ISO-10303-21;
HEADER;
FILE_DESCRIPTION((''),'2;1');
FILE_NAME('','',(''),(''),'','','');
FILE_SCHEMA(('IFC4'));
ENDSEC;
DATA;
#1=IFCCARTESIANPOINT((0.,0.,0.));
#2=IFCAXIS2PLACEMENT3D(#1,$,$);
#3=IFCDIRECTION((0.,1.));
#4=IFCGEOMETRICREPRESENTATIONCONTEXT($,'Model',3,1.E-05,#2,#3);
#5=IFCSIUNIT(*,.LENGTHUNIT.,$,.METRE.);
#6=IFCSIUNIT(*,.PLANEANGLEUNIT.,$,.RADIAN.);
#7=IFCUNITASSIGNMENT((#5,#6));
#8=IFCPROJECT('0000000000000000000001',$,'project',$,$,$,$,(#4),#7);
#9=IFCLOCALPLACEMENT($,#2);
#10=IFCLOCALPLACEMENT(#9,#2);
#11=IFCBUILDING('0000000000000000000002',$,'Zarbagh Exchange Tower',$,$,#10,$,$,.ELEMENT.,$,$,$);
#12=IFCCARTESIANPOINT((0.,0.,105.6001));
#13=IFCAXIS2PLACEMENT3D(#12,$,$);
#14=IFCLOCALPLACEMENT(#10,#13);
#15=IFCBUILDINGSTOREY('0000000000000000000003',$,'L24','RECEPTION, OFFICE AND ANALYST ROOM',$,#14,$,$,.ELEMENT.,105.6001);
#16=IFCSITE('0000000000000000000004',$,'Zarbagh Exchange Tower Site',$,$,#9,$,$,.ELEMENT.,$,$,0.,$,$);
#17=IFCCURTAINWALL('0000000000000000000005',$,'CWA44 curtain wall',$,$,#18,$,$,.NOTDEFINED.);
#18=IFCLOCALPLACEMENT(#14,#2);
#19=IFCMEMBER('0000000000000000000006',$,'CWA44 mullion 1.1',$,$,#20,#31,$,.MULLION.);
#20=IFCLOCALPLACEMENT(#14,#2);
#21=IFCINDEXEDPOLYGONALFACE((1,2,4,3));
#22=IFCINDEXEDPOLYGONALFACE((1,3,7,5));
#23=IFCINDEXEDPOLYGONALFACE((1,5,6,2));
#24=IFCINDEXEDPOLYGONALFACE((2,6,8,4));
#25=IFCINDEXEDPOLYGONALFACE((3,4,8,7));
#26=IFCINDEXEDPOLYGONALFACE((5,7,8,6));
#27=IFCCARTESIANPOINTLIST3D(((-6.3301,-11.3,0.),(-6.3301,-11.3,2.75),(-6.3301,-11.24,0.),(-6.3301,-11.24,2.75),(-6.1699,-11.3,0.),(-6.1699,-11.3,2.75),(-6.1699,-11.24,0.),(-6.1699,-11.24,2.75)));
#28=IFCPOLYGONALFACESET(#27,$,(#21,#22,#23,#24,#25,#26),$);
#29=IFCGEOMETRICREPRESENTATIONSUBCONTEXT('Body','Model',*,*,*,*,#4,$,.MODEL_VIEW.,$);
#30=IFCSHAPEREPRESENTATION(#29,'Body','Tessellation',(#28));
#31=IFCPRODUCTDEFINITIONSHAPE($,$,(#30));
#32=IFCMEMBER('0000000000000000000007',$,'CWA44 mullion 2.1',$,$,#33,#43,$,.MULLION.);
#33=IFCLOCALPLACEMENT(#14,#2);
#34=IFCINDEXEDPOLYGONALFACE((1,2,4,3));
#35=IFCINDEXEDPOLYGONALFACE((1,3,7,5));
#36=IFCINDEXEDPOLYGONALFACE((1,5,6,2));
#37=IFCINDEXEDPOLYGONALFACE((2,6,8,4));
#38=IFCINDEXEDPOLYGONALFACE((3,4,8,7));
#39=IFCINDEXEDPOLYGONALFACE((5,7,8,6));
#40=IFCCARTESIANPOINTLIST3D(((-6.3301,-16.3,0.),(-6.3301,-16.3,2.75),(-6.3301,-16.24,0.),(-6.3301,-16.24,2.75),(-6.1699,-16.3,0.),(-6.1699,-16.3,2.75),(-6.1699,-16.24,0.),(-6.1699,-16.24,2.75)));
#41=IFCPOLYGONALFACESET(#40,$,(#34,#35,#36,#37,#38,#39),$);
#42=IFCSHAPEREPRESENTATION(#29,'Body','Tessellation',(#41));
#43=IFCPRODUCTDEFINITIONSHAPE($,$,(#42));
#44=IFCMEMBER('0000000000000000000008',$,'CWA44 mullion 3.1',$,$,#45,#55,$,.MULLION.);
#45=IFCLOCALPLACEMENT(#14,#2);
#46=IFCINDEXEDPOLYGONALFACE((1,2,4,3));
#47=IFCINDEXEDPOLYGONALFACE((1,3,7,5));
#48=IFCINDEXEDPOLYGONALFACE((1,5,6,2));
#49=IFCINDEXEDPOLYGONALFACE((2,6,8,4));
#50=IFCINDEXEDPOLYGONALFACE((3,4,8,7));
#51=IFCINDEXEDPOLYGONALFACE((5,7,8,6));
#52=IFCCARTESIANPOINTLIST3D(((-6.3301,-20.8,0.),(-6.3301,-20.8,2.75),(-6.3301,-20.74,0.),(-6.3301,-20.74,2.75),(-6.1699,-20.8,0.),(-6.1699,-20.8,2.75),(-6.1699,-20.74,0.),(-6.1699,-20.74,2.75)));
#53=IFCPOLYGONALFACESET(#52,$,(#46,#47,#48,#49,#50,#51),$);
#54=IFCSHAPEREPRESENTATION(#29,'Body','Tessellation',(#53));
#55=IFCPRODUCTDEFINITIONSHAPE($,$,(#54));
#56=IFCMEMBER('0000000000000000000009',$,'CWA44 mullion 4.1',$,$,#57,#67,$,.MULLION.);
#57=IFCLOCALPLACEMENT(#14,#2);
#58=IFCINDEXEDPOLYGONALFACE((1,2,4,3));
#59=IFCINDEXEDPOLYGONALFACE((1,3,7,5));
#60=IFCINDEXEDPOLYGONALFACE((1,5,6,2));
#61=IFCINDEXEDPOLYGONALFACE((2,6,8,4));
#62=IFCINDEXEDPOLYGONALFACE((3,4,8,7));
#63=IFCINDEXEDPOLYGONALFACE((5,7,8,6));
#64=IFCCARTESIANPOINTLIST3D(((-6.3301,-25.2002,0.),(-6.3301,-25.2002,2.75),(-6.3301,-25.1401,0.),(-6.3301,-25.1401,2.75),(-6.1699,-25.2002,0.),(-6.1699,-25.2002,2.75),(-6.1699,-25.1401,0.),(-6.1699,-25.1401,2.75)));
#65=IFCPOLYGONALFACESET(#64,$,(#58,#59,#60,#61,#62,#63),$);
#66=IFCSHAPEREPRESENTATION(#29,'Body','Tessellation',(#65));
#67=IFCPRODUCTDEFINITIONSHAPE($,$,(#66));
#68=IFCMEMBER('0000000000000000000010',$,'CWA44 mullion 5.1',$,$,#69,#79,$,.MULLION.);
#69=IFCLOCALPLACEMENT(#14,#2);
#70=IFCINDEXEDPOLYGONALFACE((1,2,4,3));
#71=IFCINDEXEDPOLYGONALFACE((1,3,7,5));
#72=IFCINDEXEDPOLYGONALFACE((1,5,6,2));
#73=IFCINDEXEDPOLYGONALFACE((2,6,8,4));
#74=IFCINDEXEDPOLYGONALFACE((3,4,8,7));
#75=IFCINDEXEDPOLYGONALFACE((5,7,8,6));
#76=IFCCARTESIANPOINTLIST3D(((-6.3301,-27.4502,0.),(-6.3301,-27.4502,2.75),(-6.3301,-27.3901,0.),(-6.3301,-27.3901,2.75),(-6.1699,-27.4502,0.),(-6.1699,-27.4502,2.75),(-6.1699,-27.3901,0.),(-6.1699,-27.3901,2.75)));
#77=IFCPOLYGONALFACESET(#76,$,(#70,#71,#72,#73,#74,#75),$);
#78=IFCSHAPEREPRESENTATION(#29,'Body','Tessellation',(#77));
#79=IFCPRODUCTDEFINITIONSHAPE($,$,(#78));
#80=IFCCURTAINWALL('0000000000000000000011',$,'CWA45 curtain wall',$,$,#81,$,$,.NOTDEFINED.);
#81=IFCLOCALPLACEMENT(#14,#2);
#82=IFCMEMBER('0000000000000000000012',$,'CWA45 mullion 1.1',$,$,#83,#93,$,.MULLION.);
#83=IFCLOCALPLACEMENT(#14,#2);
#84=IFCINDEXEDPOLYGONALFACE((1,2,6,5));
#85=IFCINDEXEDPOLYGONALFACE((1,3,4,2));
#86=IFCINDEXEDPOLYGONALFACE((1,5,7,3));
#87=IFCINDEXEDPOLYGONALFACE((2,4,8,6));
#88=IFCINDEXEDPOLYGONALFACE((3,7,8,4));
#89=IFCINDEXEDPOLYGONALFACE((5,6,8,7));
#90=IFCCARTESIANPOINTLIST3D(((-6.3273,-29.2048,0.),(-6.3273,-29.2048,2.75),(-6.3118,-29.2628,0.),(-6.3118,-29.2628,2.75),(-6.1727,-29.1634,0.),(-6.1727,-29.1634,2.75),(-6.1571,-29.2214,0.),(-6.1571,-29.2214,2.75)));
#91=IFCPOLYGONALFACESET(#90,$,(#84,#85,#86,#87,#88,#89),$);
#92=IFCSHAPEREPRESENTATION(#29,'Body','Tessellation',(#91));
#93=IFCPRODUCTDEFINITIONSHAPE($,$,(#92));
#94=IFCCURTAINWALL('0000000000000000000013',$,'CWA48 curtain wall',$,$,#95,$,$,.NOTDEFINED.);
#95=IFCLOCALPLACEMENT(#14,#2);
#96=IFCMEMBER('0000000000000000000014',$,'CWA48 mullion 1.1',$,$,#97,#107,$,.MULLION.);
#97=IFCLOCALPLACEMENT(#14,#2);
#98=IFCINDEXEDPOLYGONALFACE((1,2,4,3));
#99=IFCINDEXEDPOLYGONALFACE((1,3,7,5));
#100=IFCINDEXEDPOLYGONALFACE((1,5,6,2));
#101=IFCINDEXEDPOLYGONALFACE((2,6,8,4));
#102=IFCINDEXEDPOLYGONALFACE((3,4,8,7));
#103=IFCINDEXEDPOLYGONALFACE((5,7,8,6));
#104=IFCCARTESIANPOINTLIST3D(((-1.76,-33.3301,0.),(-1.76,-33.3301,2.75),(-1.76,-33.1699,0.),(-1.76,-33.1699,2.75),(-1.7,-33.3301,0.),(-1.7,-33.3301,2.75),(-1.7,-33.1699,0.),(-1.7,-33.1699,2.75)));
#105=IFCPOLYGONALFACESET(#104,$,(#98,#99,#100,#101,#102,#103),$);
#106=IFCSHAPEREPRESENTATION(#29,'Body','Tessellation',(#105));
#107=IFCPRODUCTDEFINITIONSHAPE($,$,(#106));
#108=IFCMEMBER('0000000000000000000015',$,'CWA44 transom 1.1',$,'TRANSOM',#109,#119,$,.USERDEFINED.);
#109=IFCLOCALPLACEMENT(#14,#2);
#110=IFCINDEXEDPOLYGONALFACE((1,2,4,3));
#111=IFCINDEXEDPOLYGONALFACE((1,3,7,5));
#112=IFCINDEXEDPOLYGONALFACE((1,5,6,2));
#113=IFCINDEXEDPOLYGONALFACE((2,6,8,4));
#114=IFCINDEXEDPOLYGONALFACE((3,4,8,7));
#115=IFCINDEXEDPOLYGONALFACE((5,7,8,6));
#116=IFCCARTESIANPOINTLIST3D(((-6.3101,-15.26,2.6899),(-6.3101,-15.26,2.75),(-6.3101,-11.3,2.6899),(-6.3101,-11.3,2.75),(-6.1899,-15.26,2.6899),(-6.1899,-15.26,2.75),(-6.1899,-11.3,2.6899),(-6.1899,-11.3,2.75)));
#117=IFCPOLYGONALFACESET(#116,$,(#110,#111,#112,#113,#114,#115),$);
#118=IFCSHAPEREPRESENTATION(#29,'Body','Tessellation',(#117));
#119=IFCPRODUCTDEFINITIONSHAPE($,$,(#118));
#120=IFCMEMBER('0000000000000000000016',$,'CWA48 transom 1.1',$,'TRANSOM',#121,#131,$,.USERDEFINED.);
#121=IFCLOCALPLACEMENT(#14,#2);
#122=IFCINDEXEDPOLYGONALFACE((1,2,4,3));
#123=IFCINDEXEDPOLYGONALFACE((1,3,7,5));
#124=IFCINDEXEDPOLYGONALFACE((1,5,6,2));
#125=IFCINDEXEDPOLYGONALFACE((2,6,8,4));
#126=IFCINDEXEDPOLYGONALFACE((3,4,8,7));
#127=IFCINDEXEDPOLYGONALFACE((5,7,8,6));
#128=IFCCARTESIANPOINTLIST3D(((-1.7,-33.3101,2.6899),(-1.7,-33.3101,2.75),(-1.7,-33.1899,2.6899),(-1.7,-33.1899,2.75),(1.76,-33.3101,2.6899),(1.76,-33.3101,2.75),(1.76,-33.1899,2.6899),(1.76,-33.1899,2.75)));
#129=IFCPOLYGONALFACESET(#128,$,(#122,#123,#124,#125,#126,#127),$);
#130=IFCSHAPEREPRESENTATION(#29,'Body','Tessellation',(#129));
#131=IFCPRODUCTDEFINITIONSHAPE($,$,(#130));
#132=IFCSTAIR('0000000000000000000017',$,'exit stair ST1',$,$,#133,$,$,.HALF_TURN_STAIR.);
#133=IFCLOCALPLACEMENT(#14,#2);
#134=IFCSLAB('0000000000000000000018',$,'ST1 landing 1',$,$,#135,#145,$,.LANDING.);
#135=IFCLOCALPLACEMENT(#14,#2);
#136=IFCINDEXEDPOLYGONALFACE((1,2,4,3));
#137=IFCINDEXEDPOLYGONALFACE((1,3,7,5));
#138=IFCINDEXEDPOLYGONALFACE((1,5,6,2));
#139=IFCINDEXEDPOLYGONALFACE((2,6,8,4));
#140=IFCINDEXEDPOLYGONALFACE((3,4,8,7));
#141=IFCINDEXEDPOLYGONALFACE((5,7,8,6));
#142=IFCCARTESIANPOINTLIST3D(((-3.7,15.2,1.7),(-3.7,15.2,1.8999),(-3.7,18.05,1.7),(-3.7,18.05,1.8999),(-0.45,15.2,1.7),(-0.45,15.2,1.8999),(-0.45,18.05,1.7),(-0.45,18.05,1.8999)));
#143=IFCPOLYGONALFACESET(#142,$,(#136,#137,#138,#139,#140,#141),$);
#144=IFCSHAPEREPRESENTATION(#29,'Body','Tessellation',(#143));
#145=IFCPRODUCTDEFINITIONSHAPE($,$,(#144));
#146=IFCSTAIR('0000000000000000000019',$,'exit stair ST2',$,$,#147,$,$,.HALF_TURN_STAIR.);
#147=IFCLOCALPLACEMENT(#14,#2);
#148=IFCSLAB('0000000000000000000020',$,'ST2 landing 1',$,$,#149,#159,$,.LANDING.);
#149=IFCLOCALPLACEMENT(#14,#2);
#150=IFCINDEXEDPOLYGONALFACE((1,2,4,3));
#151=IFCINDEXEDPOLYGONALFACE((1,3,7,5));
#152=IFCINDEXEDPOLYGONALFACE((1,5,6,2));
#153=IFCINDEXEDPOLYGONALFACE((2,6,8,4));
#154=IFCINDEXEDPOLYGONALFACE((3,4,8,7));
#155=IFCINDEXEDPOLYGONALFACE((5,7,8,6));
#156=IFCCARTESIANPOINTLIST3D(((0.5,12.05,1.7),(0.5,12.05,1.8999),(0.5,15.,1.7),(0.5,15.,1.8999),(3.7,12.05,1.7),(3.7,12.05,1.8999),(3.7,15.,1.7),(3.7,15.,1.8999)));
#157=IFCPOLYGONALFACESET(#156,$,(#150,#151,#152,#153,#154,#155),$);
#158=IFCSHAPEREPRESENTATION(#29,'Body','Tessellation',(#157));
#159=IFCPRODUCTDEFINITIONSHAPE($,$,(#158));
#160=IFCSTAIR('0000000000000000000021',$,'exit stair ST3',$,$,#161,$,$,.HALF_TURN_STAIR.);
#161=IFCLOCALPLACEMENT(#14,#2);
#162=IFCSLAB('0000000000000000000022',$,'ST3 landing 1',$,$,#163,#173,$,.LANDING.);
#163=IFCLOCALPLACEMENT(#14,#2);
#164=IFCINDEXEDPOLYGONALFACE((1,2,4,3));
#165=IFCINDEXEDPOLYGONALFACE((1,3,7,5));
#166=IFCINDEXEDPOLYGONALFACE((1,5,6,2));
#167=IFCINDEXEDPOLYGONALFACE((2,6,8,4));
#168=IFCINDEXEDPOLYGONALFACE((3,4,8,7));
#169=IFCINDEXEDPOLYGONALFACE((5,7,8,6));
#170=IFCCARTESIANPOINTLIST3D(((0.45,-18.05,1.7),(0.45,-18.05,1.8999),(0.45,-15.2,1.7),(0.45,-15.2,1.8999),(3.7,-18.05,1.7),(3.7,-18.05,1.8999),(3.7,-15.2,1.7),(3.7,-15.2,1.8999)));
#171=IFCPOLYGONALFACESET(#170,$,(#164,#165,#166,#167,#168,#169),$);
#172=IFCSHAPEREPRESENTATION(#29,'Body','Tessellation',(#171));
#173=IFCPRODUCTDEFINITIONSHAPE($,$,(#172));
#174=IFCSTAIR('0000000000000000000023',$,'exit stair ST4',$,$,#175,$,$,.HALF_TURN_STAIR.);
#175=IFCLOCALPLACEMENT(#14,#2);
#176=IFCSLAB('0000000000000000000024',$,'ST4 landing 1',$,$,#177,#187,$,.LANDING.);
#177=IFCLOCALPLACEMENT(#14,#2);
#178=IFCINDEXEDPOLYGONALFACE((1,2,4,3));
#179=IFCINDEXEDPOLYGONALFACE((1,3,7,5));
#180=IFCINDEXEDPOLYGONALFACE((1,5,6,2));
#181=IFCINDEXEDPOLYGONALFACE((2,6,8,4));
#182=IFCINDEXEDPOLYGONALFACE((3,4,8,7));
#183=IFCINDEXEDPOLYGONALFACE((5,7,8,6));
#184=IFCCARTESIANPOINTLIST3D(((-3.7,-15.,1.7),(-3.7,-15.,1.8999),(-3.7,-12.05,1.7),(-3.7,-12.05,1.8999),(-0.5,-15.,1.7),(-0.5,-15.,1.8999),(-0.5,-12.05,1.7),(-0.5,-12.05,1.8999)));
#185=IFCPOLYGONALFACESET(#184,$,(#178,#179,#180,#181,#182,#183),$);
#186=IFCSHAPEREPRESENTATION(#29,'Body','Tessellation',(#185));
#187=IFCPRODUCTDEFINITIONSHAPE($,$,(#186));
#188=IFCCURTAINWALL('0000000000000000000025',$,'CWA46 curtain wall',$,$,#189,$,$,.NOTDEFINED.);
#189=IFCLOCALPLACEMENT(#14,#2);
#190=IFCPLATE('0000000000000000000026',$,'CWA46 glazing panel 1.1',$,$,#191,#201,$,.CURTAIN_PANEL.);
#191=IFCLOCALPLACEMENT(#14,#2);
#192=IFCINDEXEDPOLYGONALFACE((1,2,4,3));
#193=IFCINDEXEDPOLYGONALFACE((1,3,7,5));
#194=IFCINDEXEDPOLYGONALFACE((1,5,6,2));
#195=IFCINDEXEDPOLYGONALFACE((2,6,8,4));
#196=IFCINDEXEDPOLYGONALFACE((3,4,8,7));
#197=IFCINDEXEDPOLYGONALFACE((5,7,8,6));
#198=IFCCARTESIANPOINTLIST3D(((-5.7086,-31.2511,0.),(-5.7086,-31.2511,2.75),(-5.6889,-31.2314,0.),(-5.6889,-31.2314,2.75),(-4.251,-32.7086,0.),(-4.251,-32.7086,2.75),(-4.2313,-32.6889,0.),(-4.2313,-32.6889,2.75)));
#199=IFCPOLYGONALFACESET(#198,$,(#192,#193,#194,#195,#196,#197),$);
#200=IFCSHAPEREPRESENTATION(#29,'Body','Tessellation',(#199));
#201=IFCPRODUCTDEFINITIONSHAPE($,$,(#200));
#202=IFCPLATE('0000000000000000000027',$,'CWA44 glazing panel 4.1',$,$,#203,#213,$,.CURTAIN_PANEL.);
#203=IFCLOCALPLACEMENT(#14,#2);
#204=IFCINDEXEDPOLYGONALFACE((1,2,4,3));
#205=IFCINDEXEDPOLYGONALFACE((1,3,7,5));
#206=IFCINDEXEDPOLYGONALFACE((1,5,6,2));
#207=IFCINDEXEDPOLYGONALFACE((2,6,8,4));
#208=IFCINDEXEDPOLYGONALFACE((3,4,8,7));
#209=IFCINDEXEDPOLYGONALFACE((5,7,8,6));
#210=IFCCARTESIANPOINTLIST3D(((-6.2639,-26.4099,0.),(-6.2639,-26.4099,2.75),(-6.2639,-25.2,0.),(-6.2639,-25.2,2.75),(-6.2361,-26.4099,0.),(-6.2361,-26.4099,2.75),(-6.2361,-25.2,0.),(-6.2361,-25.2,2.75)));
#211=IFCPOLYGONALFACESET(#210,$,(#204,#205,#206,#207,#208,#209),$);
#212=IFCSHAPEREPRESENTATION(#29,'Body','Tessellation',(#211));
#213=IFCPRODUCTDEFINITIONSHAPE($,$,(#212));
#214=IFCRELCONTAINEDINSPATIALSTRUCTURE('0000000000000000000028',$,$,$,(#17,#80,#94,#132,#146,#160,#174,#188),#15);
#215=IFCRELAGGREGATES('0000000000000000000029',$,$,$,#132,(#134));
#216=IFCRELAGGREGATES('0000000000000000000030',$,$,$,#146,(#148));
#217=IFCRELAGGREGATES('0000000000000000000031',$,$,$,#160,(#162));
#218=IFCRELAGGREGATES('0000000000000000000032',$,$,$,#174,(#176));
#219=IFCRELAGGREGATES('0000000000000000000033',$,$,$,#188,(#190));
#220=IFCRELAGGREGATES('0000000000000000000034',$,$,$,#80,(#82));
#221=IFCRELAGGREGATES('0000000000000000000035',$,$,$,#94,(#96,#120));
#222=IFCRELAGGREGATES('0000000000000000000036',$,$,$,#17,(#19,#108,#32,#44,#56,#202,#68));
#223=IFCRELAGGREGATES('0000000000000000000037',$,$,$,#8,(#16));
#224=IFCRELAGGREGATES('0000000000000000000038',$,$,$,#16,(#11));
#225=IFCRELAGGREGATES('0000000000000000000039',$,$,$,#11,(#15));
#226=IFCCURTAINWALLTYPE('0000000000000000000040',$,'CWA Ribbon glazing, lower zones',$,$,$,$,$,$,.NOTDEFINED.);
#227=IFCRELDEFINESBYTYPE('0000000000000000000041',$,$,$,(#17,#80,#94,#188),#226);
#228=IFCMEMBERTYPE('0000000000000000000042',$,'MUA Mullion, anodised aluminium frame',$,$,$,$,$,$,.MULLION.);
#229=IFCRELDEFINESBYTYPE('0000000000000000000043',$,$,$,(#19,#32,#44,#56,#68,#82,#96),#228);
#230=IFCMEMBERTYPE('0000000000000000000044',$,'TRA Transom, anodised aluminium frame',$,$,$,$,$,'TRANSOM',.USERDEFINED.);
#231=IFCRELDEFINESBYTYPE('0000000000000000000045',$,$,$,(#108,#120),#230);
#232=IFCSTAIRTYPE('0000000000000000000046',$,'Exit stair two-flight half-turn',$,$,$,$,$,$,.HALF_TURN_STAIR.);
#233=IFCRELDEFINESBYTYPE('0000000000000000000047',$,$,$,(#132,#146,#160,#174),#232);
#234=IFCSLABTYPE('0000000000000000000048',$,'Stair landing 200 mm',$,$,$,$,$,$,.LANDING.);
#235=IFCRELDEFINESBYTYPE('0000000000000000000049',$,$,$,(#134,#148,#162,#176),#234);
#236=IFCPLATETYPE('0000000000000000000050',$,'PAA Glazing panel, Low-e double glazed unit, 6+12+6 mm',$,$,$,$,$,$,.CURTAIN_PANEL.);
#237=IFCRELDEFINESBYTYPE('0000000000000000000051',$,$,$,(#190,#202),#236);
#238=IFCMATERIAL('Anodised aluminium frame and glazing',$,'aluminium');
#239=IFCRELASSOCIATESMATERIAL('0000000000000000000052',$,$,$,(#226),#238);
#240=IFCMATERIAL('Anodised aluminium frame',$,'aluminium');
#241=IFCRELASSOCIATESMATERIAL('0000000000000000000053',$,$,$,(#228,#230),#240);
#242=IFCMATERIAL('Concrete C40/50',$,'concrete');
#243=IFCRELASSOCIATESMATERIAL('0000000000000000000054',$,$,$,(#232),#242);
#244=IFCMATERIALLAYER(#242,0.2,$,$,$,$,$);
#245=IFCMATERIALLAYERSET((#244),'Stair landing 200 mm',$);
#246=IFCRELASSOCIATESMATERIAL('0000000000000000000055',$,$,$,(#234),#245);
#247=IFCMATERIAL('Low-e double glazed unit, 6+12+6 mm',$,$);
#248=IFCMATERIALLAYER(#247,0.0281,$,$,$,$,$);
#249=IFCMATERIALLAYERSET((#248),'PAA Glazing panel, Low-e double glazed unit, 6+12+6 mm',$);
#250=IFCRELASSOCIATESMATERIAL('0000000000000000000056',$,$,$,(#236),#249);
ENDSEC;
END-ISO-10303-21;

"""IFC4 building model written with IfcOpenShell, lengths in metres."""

from ifc_helpers import new_model, si_unit, direction, frame, origin, place, context, subcontext, project, spatial, polyline, outline, extrude, source, transform, mapped, material, layer, layer_set, type_object, element, aggregate, save


model = new_model("IFC4")

# Units and contexts
model_context = context("Model", 3, precision=1e-05, world=origin(), true_north=direction((0.0, 1.0)))
body_context = subcontext(model_context, "Body", "Model", "MODEL_VIEW")
ifc_project = project(units=[si_unit("LENGTHUNIT", "METRE"), si_unit("PLANEANGLEUNIT", "RADIAN")], contexts=[model_context])

# Site, building, storey
site_placement = place(None, origin())
site = spatial("IfcSite", under=ifc_project, at=site_placement, Name="Zarbagh Exchange Tower Site", CompositionType="ELEMENT", RefElevation=0.0)
building_placement = place(site_placement, origin())
building = spatial("IfcBuilding", under=site, at=building_placement, Name="Zarbagh Exchange Tower", CompositionType="ELEMENT")
storey_placement = place(building_placement, frame((0.0, 0.0, 105.6001)))
storey = spatial("IfcBuildingStorey", under=building, at=storey_placement, Name="L24", Description="RECEPTION, OFFICE AND ANALYST ROOM", CompositionType="ELEMENT", Elevation=105.6001)

# Curtain wall, members
ifc_material_1 = material(Name="Anodised aluminium frame and glazing", Category="aluminium")
curtain_wall_type = type_object("IfcCurtainWallType", Name="CWA Ribbon glazing, lower zones", PredefinedType="NOTDEFINED", material=ifc_material_1)
curtain_wall_1_placement = place(storey_placement, origin())
curtain_wall_1 = element("IfcCurtainWall", 1, at=curtain_wall_1_placement, inside=storey, type_object=curtain_wall_type, Name="CWA44 curtain wall", PredefinedType="NOTDEFINED")
ifc_material_2 = material(Name="Anodised aluminium frame", Category="aluminium")
member_type_1 = type_object("IfcMemberType", Name="MUA Mullion, anodised aluminium frame", PredefinedType="MULLION", material=ifc_material_2)
shared_shape_1 = source(origin(), body_context, "Body", "SweptSolid", [
    extrude(outline(polyline([(0.0, -0.0801), (0.0601, -0.0801), (0.0601, 0.0801), (0.0, 0.0801), (0.0, -0.0801)])), origin(), (0.0, 0.0, 1.0), 2.75),
])
placement = place(storey_placement, origin())
member_1 = element("IfcMember", 2, at=placement, type_object=member_type_1, Name="CWA44 mullion 1.1", PredefinedType="MULLION", context=body_context, shape_type="MappedRepresentation", body=[
    mapped(shared_shape_1, transform((-6.25, -11.24, 0.0), x_axis=(0.0, -1.0, 0.0), y_axis=(1.0, 0.0, 0.0), z_axis=(0.0, 0.0, 1.0))),
])
member_2 = element("IfcMember", 3, at=placement, type_object=member_type_1, Name="CWA44 mullion 2.1", PredefinedType="MULLION", context=body_context, shape_type="MappedRepresentation", body=[
    mapped(shared_shape_1, transform((-6.25, -16.24, 0.0), x_axis=(0.0, -1.0, 0.0), y_axis=(1.0, 0.0, 0.0), z_axis=(0.0, 0.0, 1.0))),
])
member_3 = element("IfcMember", 4, at=placement, type_object=member_type_1, Name="CWA44 mullion 3.1", PredefinedType="MULLION", context=body_context, shape_type="MappedRepresentation", body=[
    mapped(shared_shape_1, transform((-6.25, -20.74, 0.0), x_axis=(0.0, -1.0, 0.0), y_axis=(1.0, 0.0, 0.0), z_axis=(0.0, 0.0, 1.0))),
])
member_4 = element("IfcMember", 5, at=placement, type_object=member_type_1, Name="CWA44 mullion 4.1", PredefinedType="MULLION", context=body_context, shape_type="MappedRepresentation", body=[
    mapped(shared_shape_1, transform((-6.25, -25.1401, 0.0), x_axis=(0.0, -1.0, 0.0), y_axis=(1.0, 0.0, 0.0), z_axis=(0.0, 0.0, 1.0))),
])
member_5 = element("IfcMember", 6, at=placement, type_object=member_type_1, Name="CWA44 mullion 5.1", PredefinedType="MULLION", context=body_context, shape_type="MappedRepresentation", body=[
    mapped(shared_shape_1, transform((-6.25, -27.3901, 0.0), x_axis=(0.0, -1.0, 0.0), y_axis=(1.0, 0.0, 0.0), z_axis=(0.0, 0.0, 1.0))),
])

# Curtain walls, members
curtain_wall_2_placement = place(storey_placement, origin())
curtain_wall_2 = element("IfcCurtainWall", 7, at=curtain_wall_2_placement, inside=storey, type_object=curtain_wall_type, Name="CWA45 curtain wall", PredefinedType="NOTDEFINED")
member_6 = element("IfcMember", 8, at=placement, type_object=member_type_1, Name="CWA45 mullion 1.1", PredefinedType="MULLION", context=body_context, shape_type="MappedRepresentation", body=[
    mapped(shared_shape_1, transform((-6.25, -29.1841, 0.0), x_axis=(0.258825, -0.965924, 0.0), y_axis=(0.965924, 0.258825, 0.0), z_axis=(0.0, 0.0, 1.0))),
])
curtain_wall_3_placement = place(storey_placement, origin())
curtain_wall_3 = element("IfcCurtainWall", 9, at=curtain_wall_3_placement, inside=storey, type_object=curtain_wall_type, Name="CWA48 curtain wall", PredefinedType="NOTDEFINED")
member_7 = element("IfcMember", 10, at=placement, type_object=member_type_1, Name="CWA48 mullion 1.1", PredefinedType="MULLION", context=body_context, shape_type="MappedRepresentation", body=[
    mapped(shared_shape_1, transform((-1.76, -33.25, 0.0), x_axis=(1.0, 0.0, 0.0), y_axis=(0.0, 1.0, 0.0), z_axis=(0.0, 0.0, 1.0))),
])

# Members
member_type_2 = type_object("IfcMemberType", Name="TRA Transom, anodised aluminium frame", ElementType="TRANSOM", PredefinedType="USERDEFINED", material=ifc_material_2)
shared_shape_2 = source(origin(), body_context, "Body", "SweptSolid", [
    extrude(outline(polyline([(-0.0601, -0.0601), (0.0, -0.0601), (0.0, 0.0601), (-0.0601, 0.0601), (-0.0601, -0.0601)])), origin(), (0.0, 0.0, 1.0), 3.96),
])
member_8 = element("IfcMember", 11, at=placement, type_object=member_type_2, Name="CWA44 transom 1.1", ObjectType="TRANSOM", PredefinedType="USERDEFINED", context=body_context, shape_type="MappedRepresentation", body=[
    mapped(shared_shape_2, transform((-6.25, -11.3, 2.75), x_axis=(0.0, 0.0, 1.0), y_axis=(-1.0, 0.0, 0.0), z_axis=(0.0, -1.0, 0.0))),
])
shared_shape_3 = source(origin(), body_context, "Body", "SweptSolid", [
    extrude(outline(polyline([(-0.0601, -0.0601), (0.0, -0.0601), (0.0, 0.0601), (-0.0601, 0.0601), (-0.0601, -0.0601)])), origin(), (0.0, 0.0, 1.0), 3.46),
])
member_9 = element("IfcMember", 12, at=placement, type_object=member_type_2, Name="CWA48 transom 1.1", ObjectType="TRANSOM", PredefinedType="USERDEFINED", context=body_context, shape_type="MappedRepresentation", body=[
    mapped(shared_shape_3, transform((-1.7, -33.25, 2.75), x_axis=(0.0, 0.0, 1.0), y_axis=(0.0, -1.0, 0.0), z_axis=(1.0, 0.0, 0.0))),
])

# Stairs, slabs
ifc_material_3 = material(Name="Concrete C40/50", Category="concrete")
stair_type = type_object("IfcStairType", Name="Exit stair two-flight half-turn", PredefinedType="HALF_TURN_STAIR", material=ifc_material_3)
stair_1_placement = place(storey_placement, origin())
stair_1 = element("IfcStair", 13, at=stair_1_placement, inside=storey, type_object=stair_type, Name="exit stair ST1", PredefinedType="HALF_TURN_STAIR")
ifc_layer_1 = layer(ifc_material_3, 0.2)
ifc_layer_set_1 = layer_set([ifc_layer_1], Name="Stair landing 200 mm")
slab_type = type_object("IfcSlabType", Name="Stair landing 200 mm", PredefinedType="LANDING", material=ifc_layer_set_1)
slab_1_placement = place(storey_placement, frame((0.0, 0.0, 1.7)))
slab_1 = element("IfcSlab", 14, at=slab_1_placement, type_object=slab_type, Name="ST1 landing 1", PredefinedType="LANDING", context=body_context, shape_type="SweptSolid", body=[
    extrude(outline(polyline([(-0.45, 18.05), (-3.7, 18.05), (-3.7, 15.2), (-0.45, 15.2), (-0.45, 18.05)])), origin(), (0.0, 0.0, 1.0), 0.2),
])
aggregate(stair_1, [slab_1])
stair_2_placement = place(storey_placement, origin())
stair_2 = element("IfcStair", 15, at=stair_2_placement, inside=storey, type_object=stair_type, Name="exit stair ST2", PredefinedType="HALF_TURN_STAIR")
slab_2_placement = place(storey_placement, frame((0.0, 0.0, 1.7)))
slab_2 = element("IfcSlab", 16, at=slab_2_placement, type_object=slab_type, Name="ST2 landing 1", PredefinedType="LANDING", context=body_context, shape_type="SweptSolid", body=[
    extrude(outline(polyline([(0.5, 12.05), (3.7, 12.05), (3.7, 15.0), (0.5, 15.0), (0.5, 12.05)])), origin(), (0.0, 0.0, 1.0), 0.2),
])
aggregate(stair_2, [slab_2])
stair_3_placement = place(storey_placement, origin())
stair_3 = element("IfcStair", 17, at=stair_3_placement, inside=storey, type_object=stair_type, Name="exit stair ST3", PredefinedType="HALF_TURN_STAIR")
slab_3_placement = place(storey_placement, frame((0.0, 0.0, 1.7)))
slab_3 = element("IfcSlab", 18, at=slab_3_placement, type_object=slab_type, Name="ST3 landing 1", PredefinedType="LANDING", context=body_context, shape_type="SweptSolid", body=[
    extrude(outline(polyline([(0.45, -18.05), (3.7, -18.05), (3.7, -15.2), (0.45, -15.2), (0.45, -18.05)])), origin(), (0.0, 0.0, 1.0), 0.2),
])
aggregate(stair_3, [slab_3])
stair_4_placement = place(storey_placement, origin())
stair_4 = element("IfcStair", 19, at=stair_4_placement, inside=storey, type_object=stair_type, Name="exit stair ST4", PredefinedType="HALF_TURN_STAIR")
slab_4_placement = place(storey_placement, frame((0.0, 0.0, 1.7)))
slab_4 = element("IfcSlab", 20, at=slab_4_placement, type_object=slab_type, Name="ST4 landing 1", PredefinedType="LANDING", context=body_context, shape_type="SweptSolid", body=[
    extrude(outline(polyline([(-0.5, -12.05), (-3.7, -12.05), (-3.7, -15.0), (-0.5, -15.0), (-0.5, -12.05)])), origin(), (0.0, 0.0, 1.0), 0.2),
])
aggregate(stair_4, [slab_4])

# Curtain wall, plate
curtain_wall_4_placement = place(storey_placement, origin())
curtain_wall_4 = element("IfcCurtainWall", 21, at=curtain_wall_4_placement, inside=storey, type_object=curtain_wall_type, Name="CWA46 curtain wall", PredefinedType="NOTDEFINED")
ifc_material_4 = material(Name="Low-e double glazed unit, 6+12+6 mm")
ifc_layer_2 = layer(ifc_material_4, 0.0281)
ifc_layer_set_2 = layer_set([ifc_layer_2], Name="PAA Glazing panel, Low-e double glazed unit, 6+12+6 mm")
plate_type = type_object("IfcPlateType", Name="PAA Glazing panel, Low-e double glazed unit, 6+12+6 mm", PredefinedType="CURTAIN_PANEL", material=ifc_layer_set_2)
shared_shape_4 = source(origin(), body_context, "Body", "SweptSolid", [
    extrude(outline(polyline([(0.0, -0.0139), (2.0613, -0.0139), (2.0613, 0.0139), (0.0, 0.0139), (0.0, -0.0139)])), origin(), (0.0, 0.0, 1.0), 2.75),
])
plate_1 = element("IfcPlate", 22, at=placement, type_object=plate_type, Name="CWA46 glazing panel 1.1", PredefinedType="CURTAIN_PANEL", context=body_context, shape_type="MappedRepresentation", body=[
    mapped(shared_shape_4, transform((-5.6987, -31.2412, 0.0), x_axis=(0.707107, -0.707107, 0.0), y_axis=(0.707107, 0.707107, 0.0), z_axis=(0.0, 0.0, 1.0))),
])
aggregate(curtain_wall_4, [plate_1])

# Plate
shared_shape_5 = source(origin(), body_context, "Body", "SweptSolid", [
    extrude(outline(polyline([(0.0, -0.0139), (1.21, -0.0139), (1.21, 0.0139), (0.0, 0.0139), (0.0, -0.0139)])), origin(), (0.0, 0.0, 1.0), 2.75),
])
plate_2 = element("IfcPlate", 23, at=placement, type_object=plate_type, Name="CWA44 glazing panel 4.1", PredefinedType="CURTAIN_PANEL", context=body_context, shape_type="MappedRepresentation", body=[
    mapped(shared_shape_5, transform((-6.25, -25.2, 0.0), x_axis=(0.0, -1.0, 0.0), y_axis=(1.0, 0.0, 0.0), z_axis=(0.0, 0.0, 1.0))),
])
aggregate(curtain_wall_2, [member_6])

aggregate(curtain_wall_3, [member_7, member_9])
aggregate(curtain_wall_1, [member_1, member_8, member_2, member_3, member_4, plate_2, member_5])

save(model, "model.ifc")
